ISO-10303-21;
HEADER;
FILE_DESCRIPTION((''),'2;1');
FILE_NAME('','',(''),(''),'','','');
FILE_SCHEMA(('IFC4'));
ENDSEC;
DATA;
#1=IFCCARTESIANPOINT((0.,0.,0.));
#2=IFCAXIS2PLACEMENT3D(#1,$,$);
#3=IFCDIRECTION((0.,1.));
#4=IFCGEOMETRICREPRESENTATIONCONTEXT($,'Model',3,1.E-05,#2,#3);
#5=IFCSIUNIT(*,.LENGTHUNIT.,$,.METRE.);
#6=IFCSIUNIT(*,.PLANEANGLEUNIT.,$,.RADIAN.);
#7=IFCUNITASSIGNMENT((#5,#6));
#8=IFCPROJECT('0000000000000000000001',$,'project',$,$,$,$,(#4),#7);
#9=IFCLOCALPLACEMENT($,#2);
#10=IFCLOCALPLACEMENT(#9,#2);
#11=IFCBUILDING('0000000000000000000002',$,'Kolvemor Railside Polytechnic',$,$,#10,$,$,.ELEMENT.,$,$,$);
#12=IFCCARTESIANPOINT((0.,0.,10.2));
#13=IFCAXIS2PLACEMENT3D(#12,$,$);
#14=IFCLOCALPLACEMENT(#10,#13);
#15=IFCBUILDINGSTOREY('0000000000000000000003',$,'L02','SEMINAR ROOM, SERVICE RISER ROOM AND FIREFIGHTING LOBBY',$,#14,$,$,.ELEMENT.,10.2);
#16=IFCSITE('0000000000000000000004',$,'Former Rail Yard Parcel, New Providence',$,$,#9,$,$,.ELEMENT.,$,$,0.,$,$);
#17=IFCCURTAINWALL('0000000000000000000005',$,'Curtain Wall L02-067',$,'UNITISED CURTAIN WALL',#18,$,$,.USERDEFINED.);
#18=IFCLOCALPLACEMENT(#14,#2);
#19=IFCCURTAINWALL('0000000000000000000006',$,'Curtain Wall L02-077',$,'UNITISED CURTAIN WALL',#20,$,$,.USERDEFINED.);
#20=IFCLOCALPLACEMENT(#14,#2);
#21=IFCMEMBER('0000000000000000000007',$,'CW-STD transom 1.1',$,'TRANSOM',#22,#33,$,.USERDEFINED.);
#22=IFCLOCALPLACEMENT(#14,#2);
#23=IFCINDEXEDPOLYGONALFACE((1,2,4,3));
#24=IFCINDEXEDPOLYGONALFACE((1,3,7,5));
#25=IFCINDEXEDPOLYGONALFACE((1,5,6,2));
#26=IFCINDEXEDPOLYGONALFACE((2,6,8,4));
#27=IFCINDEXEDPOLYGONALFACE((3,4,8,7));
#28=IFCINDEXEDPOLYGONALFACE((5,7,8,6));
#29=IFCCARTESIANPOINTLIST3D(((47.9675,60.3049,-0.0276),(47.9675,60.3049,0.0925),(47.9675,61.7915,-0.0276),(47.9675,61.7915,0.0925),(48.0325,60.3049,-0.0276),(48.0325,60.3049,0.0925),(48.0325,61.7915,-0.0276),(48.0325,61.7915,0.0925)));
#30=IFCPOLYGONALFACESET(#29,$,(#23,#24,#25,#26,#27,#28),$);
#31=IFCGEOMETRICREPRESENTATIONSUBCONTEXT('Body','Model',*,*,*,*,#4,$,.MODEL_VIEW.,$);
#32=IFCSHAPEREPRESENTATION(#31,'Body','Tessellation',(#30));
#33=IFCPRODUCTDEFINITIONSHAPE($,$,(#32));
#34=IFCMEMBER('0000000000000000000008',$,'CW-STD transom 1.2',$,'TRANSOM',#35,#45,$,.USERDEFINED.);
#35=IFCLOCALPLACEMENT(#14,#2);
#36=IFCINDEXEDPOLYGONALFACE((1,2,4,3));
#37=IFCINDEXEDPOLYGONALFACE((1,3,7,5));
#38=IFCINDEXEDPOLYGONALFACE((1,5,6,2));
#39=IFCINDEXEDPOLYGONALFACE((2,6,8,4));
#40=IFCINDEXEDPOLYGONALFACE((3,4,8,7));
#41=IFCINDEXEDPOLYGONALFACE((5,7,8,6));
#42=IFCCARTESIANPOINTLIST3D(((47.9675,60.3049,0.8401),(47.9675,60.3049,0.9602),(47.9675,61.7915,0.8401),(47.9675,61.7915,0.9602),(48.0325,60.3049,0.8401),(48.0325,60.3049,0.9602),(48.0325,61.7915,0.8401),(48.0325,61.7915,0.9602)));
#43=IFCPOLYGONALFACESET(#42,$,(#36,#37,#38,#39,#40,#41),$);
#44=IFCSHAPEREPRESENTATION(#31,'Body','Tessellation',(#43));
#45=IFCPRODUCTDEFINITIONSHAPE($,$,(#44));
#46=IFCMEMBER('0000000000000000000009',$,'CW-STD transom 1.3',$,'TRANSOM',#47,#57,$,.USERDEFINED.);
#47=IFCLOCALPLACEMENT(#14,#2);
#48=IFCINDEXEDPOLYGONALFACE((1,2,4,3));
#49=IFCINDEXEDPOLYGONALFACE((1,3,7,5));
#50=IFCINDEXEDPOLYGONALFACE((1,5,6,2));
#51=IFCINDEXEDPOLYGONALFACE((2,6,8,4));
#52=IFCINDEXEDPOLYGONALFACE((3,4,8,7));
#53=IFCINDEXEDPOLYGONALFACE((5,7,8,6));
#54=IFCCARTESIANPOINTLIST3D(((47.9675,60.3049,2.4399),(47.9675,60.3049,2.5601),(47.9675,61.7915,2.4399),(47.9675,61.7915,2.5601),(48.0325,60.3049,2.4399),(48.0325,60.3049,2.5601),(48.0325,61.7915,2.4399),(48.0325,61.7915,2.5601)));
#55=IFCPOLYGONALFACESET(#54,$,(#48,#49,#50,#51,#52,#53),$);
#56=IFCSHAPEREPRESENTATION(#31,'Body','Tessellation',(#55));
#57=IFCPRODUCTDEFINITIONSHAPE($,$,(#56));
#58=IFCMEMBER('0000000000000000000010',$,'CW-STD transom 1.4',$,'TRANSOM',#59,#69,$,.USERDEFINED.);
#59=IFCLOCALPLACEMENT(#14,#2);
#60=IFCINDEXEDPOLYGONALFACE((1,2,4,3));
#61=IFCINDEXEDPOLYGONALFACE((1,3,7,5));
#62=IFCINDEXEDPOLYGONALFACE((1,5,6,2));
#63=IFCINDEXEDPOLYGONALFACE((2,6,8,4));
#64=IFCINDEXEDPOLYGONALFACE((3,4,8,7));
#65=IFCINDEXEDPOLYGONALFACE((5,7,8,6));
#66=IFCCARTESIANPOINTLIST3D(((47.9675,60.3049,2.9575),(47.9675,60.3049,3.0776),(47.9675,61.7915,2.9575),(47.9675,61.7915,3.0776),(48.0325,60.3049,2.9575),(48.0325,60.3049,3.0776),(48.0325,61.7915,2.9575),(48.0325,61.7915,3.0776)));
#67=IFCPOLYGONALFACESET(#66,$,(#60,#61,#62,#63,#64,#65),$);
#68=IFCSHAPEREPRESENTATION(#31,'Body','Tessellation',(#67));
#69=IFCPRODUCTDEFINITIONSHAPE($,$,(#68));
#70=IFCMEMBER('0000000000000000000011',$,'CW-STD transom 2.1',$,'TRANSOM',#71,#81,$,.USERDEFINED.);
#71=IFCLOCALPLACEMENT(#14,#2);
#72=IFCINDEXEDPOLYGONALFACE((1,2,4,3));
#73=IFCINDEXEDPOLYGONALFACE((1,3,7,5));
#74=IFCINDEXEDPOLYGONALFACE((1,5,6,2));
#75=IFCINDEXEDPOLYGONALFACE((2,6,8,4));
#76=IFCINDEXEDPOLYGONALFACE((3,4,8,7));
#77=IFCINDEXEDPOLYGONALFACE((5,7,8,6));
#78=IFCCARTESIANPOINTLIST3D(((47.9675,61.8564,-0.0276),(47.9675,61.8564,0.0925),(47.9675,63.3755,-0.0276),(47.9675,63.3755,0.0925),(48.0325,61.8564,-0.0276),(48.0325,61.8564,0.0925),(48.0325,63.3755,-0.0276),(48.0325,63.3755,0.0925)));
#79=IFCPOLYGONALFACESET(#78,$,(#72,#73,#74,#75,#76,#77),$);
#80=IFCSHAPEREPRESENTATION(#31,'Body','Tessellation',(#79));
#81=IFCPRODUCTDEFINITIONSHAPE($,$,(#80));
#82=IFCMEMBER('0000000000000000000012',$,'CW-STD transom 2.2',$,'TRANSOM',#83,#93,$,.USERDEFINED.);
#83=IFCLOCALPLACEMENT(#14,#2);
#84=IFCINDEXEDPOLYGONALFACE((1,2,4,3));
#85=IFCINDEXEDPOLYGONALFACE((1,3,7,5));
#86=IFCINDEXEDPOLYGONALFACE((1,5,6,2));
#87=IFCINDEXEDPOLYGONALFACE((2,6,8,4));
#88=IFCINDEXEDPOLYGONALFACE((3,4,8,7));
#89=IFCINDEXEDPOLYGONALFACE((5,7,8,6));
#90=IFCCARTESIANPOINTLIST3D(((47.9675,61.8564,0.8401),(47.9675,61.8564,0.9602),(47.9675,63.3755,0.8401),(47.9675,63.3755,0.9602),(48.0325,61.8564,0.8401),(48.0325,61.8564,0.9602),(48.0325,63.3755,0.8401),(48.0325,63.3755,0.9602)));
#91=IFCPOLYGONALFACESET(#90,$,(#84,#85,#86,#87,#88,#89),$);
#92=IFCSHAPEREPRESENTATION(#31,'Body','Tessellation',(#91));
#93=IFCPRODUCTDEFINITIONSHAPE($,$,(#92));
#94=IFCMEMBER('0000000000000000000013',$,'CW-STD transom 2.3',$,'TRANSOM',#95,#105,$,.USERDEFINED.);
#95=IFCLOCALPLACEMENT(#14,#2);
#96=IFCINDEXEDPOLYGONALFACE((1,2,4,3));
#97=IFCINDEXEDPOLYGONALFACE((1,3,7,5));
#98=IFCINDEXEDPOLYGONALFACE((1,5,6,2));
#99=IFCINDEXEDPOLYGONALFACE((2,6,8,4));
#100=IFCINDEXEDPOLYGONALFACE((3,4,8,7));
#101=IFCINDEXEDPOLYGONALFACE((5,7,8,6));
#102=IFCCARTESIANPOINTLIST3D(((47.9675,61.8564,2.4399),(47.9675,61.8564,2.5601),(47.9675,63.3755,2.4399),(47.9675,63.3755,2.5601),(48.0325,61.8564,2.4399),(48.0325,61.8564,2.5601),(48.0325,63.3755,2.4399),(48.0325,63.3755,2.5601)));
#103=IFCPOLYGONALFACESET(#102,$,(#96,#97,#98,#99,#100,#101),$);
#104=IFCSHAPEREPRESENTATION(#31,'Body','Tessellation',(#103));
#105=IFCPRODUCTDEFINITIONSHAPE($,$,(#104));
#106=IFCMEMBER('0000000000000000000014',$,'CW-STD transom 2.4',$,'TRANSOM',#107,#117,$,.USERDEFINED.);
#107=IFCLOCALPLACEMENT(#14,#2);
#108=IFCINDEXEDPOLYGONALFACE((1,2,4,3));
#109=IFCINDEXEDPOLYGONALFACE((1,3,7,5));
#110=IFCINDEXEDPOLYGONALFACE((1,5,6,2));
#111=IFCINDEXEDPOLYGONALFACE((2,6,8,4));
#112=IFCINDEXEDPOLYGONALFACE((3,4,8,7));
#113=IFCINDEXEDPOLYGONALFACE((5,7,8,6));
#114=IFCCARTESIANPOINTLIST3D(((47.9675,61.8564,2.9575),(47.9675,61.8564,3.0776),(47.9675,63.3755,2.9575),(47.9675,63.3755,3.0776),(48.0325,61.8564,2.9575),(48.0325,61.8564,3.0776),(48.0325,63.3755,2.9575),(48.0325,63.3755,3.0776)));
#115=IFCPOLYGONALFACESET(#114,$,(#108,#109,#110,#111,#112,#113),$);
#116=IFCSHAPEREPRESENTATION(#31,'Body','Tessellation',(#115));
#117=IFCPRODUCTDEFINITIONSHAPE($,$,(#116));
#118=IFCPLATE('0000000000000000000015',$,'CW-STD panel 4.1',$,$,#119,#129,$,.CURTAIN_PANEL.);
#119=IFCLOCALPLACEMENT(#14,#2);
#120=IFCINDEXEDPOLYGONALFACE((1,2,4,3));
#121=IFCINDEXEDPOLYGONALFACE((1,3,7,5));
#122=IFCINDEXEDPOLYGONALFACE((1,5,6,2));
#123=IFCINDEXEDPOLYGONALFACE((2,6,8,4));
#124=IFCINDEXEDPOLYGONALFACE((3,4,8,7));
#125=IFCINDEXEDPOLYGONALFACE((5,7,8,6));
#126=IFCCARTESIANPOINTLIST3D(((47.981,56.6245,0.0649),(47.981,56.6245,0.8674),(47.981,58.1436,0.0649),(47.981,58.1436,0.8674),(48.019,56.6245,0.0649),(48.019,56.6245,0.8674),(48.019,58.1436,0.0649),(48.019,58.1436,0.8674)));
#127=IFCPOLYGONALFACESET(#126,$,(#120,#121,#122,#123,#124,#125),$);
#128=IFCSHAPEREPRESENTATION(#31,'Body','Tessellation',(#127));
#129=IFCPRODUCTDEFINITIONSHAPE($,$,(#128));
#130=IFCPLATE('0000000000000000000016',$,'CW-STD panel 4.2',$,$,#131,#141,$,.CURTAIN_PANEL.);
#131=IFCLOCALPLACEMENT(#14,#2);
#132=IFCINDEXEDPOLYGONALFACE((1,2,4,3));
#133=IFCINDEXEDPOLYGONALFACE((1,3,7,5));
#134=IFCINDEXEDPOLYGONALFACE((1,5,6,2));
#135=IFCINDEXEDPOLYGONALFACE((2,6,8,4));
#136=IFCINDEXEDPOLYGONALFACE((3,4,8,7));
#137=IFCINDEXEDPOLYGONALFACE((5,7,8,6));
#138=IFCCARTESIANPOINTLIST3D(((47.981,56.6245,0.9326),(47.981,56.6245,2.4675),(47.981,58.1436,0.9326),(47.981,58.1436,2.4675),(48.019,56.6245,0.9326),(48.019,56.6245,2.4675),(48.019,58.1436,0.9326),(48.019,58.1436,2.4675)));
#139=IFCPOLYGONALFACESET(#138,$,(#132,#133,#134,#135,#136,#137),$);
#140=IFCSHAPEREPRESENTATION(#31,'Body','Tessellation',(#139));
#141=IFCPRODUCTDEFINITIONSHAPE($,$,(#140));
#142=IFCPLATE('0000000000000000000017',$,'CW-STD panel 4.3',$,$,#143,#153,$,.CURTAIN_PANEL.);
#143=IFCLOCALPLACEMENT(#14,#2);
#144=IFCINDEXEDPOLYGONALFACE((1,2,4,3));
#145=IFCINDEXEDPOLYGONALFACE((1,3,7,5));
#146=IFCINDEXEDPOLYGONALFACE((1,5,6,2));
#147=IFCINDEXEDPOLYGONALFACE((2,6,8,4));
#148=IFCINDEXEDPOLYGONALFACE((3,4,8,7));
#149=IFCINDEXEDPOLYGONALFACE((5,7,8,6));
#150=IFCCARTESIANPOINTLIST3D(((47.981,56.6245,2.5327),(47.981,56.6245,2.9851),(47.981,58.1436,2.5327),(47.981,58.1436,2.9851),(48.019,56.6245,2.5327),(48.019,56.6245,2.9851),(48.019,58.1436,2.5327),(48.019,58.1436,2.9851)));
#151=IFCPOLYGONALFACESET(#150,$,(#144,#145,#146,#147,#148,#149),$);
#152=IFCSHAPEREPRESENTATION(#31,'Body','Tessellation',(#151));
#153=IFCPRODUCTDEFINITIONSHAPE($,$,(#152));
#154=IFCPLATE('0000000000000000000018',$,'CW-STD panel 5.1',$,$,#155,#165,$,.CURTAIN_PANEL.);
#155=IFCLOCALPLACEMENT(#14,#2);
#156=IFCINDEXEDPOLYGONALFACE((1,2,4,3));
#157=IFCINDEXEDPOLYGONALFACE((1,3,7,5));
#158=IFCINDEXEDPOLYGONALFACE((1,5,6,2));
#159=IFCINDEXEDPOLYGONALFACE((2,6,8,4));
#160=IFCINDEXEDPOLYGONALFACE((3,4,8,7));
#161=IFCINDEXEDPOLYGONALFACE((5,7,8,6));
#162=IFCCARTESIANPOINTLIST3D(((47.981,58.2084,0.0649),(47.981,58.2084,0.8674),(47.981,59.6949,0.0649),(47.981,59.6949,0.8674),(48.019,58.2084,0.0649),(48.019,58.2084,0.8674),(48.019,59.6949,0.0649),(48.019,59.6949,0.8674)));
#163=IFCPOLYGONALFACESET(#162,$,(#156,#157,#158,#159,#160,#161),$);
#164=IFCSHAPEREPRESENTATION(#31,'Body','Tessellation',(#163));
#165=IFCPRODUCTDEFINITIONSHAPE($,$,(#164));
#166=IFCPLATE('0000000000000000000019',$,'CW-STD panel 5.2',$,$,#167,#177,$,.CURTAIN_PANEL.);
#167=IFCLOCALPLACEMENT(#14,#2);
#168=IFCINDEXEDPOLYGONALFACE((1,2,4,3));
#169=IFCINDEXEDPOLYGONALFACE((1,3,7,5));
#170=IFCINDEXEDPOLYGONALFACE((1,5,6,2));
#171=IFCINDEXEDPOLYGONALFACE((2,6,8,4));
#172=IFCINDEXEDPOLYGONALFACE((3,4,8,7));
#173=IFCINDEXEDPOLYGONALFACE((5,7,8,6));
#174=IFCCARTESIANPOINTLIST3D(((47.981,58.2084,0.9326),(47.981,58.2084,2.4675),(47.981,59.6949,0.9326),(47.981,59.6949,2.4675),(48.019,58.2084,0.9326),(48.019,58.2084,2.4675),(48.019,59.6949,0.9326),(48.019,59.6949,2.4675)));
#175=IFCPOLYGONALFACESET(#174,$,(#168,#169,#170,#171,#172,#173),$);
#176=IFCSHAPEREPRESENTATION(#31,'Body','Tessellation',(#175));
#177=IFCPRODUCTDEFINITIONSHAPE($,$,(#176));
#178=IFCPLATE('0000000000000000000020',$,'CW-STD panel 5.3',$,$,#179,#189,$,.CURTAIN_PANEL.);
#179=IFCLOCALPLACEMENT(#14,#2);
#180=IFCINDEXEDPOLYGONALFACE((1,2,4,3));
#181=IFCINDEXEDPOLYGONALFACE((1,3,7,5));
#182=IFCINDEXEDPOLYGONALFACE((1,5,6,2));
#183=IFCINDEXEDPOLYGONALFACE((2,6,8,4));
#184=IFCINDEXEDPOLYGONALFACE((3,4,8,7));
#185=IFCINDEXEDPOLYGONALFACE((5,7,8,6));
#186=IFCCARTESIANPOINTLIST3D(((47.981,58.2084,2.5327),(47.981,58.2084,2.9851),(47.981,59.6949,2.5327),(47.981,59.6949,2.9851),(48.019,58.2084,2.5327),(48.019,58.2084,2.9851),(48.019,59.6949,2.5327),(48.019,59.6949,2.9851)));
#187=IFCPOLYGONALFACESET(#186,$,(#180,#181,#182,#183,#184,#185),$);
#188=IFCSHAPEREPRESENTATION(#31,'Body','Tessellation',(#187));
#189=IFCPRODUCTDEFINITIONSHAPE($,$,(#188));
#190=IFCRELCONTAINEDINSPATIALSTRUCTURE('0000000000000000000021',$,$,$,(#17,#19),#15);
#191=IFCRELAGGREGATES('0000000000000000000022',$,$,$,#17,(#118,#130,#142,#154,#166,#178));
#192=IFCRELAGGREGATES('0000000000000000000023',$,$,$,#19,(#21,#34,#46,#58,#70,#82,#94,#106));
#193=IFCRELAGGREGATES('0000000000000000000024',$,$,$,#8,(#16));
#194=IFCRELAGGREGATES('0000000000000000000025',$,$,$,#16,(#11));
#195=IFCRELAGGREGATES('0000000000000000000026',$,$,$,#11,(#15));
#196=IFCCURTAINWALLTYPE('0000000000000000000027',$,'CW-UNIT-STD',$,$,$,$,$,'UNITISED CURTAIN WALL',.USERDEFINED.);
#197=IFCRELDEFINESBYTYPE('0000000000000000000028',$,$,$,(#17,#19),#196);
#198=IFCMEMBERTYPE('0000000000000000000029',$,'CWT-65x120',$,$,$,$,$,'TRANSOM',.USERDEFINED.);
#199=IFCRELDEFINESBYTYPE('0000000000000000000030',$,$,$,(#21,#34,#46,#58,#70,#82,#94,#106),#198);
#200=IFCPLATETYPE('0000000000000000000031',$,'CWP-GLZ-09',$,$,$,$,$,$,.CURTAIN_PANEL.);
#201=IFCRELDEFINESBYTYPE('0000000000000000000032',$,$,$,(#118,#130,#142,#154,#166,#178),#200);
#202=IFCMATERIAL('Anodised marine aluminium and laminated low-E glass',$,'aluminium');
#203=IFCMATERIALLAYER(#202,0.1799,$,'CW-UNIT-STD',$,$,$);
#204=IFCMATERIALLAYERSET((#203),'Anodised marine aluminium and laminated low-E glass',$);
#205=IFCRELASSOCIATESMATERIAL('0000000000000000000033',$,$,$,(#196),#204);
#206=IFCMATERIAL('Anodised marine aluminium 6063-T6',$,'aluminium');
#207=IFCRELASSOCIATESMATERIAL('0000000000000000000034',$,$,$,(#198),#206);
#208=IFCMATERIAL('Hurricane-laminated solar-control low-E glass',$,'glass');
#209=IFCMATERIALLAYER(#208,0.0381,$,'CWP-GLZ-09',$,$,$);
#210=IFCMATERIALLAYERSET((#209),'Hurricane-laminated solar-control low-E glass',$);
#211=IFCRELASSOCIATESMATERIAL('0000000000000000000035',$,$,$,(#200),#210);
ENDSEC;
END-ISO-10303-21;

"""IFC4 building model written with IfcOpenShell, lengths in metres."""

from ifc_helpers import new_model, si_unit, direction, frame, origin, origin_2d, place, context, subcontext, project, spatial, rectangle, extrude, material, layer, layer_set, material_profile, profile_set, type_object, element, aggregate, save


model = new_model("IFC4")

# Units and contexts
model_context = context("Model", 3, precision=1e-05, world=origin(), true_north=direction((0.0, 1.0)))
body_context = subcontext(model_context, "Body", "Model", "MODEL_VIEW")
ifc_project = project(units=[si_unit("LENGTHUNIT", "METRE"), si_unit("PLANEANGLEUNIT", "RADIAN")], contexts=[model_context])

# Site, building, storey
site_placement = place(None, origin())
site = spatial("IfcSite", under=ifc_project, at=site_placement, Name="Former Rail Yard Parcel, New Providence", CompositionType="ELEMENT", RefElevation=0.0)
building_placement = place(site_placement, origin())
building = spatial("IfcBuilding", under=site, at=building_placement, Name="Kolvemor Railside Polytechnic", CompositionType="ELEMENT")
storey_placement = place(building_placement, frame((0.0, 0.0, 10.2)))
storey = spatial("IfcBuildingStorey", under=building, at=storey_placement, Name="L02", Description="SEMINAR ROOM, SERVICE RISER ROOM AND FIREFIGHTING LOBBY", CompositionType="ELEMENT", Elevation=10.2)

# Curtain walls
ifc_material_1 = material(Name="Anodised marine aluminium and laminated low-E glass", Category="aluminium")
ifc_layer_1 = layer(ifc_material_1, 0.1799, Name="CW-UNIT-STD")
ifc_layer_set_1 = layer_set([ifc_layer_1], Name="Anodised marine aluminium and laminated low-E glass")
curtain_wall_type = type_object("IfcCurtainWallType", Name="CW-UNIT-STD", ElementType="UNITISED CURTAIN WALL", PredefinedType="USERDEFINED", material=ifc_layer_set_1)
curtain_wall_1_placement = place(storey_placement, origin())
curtain_wall_1 = element("IfcCurtainWall", 1, at=curtain_wall_1_placement, inside=storey, type_object=curtain_wall_type, Name="Curtain Wall L02-067", ObjectType="UNITISED CURTAIN WALL", PredefinedType="USERDEFINED")
curtain_wall_2_placement = place(storey_placement, origin())
curtain_wall_2 = element("IfcCurtainWall", 2, at=curtain_wall_2_placement, inside=storey, type_object=curtain_wall_type, Name="Curtain Wall L02-077", ObjectType="UNITISED CURTAIN WALL", PredefinedType="USERDEFINED")

# Members
ifc_material_2 = material(Name="Anodised marine aluminium 6063-T6", Category="aluminium")
ifc_material_profile_1 = material_profile(ifc_material_2, rectangle(XDim=0.0649, YDim=0.1201, at=origin_2d()), Name="CW-TRN-65x120")
ifc_profile_set_1 = profile_set([ifc_material_profile_1], Name="Anodised marine aluminium 6063-T6")
member_type_1 = type_object("IfcMemberType", Name="CWT-65x120", ElementType="TRANSOM", PredefinedType="USERDEFINED", material=ifc_profile_set_1)
member_1_placement = place(storey_placement, frame((48.0, 60.3049, 0.0325), z_axis=(0.0, 1.0, 0.0), x_axis=(-1.0, 0.0, 0.0)))
member_1 = element("IfcMember", 3, at=member_1_placement, type_object=member_type_1, Name="CW-STD transom 1.1", ObjectType="TRANSOM", PredefinedType="USERDEFINED", context=body_context, shape_type="SweptSolid", body=[
    extrude(rectangle(XDim=0.0649, YDim=0.1201, at=origin_2d()), origin(), (0.0, 0.0, 1.0), 1.4866),
])
member_2_placement = place(storey_placement, frame((48.0, 60.3049, 0.9001), z_axis=(0.0, 1.0, 0.0), x_axis=(-1.0, 0.0, 0.0)))
member_2 = element("IfcMember", 4, at=member_2_placement, type_object=member_type_1, Name="CW-STD transom 1.2", ObjectType="TRANSOM", PredefinedType="USERDEFINED", context=body_context, shape_type="SweptSolid", body=[
    extrude(rectangle(XDim=0.0649, YDim=0.1201, at=origin_2d()), origin(), (0.0, 0.0, 1.0), 1.4866),
])
member_3_placement = place(storey_placement, frame((48.0, 60.3049, 2.5), z_axis=(0.0, 1.0, 0.0), x_axis=(-1.0, 0.0, 0.0)))
member_3 = element("IfcMember", 5, at=member_3_placement, type_object=member_type_1, Name="CW-STD transom 1.3", ObjectType="TRANSOM", PredefinedType="USERDEFINED", context=body_context, shape_type="SweptSolid", body=[
    extrude(rectangle(XDim=0.0649, YDim=0.1201, at=origin_2d()), origin(), (0.0, 0.0, 1.0), 1.4866),
])
member_4_placement = place(storey_placement, frame((48.0, 60.3049, 3.0176), z_axis=(0.0, 1.0, 0.0), x_axis=(-1.0, 0.0, 0.0)))
member_4 = element("IfcMember", 6, at=member_4_placement, type_object=member_type_1, Name="CW-STD transom 1.4", ObjectType="TRANSOM", PredefinedType="USERDEFINED", context=body_context, shape_type="SweptSolid", body=[
    extrude(rectangle(XDim=0.0649, YDim=0.1201, at=origin_2d()), origin(), (0.0, 0.0, 1.0), 1.4866),
])
member_5_placement = place(storey_placement, frame((48.0, 61.8564, 0.0325), z_axis=(0.0, 1.0, 0.0), x_axis=(-1.0, 0.0, 0.0)))
member_5 = element("IfcMember", 7, at=member_5_placement, type_object=member_type_1, Name="CW-STD transom 2.1", ObjectType="TRANSOM", PredefinedType="USERDEFINED", context=body_context, shape_type="SweptSolid", body=[
    extrude(rectangle(XDim=0.0649, YDim=0.1201, at=origin_2d()), origin(), (0.0, 0.0, 1.0), 1.519),
])
member_6_placement = place(storey_placement, frame((48.0, 61.8564, 0.9001), z_axis=(0.0, 1.0, 0.0), x_axis=(-1.0, 0.0, 0.0)))
member_6 = element("IfcMember", 8, at=member_6_placement, type_object=member_type_1, Name="CW-STD transom 2.2", ObjectType="TRANSOM", PredefinedType="USERDEFINED", context=body_context, shape_type="SweptSolid", body=[
    extrude(rectangle(XDim=0.0649, YDim=0.1201, at=origin_2d()), origin(), (0.0, 0.0, 1.0), 1.519),
])
member_7_placement = place(storey_placement, frame((48.0, 61.8564, 2.5), z_axis=(0.0, 1.0, 0.0), x_axis=(-1.0, 0.0, 0.0)))
member_7 = element("IfcMember", 9, at=member_7_placement, type_object=member_type_1, Name="CW-STD transom 2.3", ObjectType="TRANSOM", PredefinedType="USERDEFINED", context=body_context, shape_type="SweptSolid", body=[
    extrude(rectangle(XDim=0.0649, YDim=0.1201, at=origin_2d()), origin(), (0.0, 0.0, 1.0), 1.519),
])
member_8_placement = place(storey_placement, frame((48.0, 61.8564, 3.0176), z_axis=(0.0, 1.0, 0.0), x_axis=(-1.0, 0.0, 0.0)))
member_8 = element("IfcMember", 10, at=member_8_placement, type_object=member_type_1, Name="CW-STD transom 2.4", ObjectType="TRANSOM", PredefinedType="USERDEFINED", context=body_context, shape_type="SweptSolid", body=[
    extrude(rectangle(XDim=0.0649, YDim=0.1201, at=origin_2d()), origin(), (0.0, 0.0, 1.0), 1.519),
])

# Plates
ifc_material_3 = material(Name="Hurricane-laminated solar-control low-E glass", Category="glass")
ifc_layer_2 = layer(ifc_material_3, 0.0381, Name="CWP-GLZ-09")
ifc_layer_set_2 = layer_set([ifc_layer_2], Name="Hurricane-laminated solar-control low-E glass")
plate_type_1 = type_object("IfcPlateType", Name="CWP-GLZ-09", PredefinedType="CURTAIN_PANEL", material=ifc_layer_set_2)
plate_1_placement = place(storey_placement, frame((48.0, 57.384, 0.0649), z_axis=(0.0, 0.0, 1.0), x_axis=(0.0, 1.0, 0.0)))
plate_1 = element("IfcPlate", 11, at=plate_1_placement, type_object=plate_type_1, Name="CW-STD panel 4.1", PredefinedType="CURTAIN_PANEL", context=body_context, shape_type="SweptSolid", body=[
    extrude(rectangle(XDim=1.519, YDim=0.0381, at=origin_2d()), origin(), (0.0, 0.0, 1.0), 0.8025),
])
plate_2_placement = place(storey_placement, frame((48.0, 57.384, 0.9326), z_axis=(0.0, 0.0, 1.0), x_axis=(0.0, 1.0, 0.0)))
plate_2 = element("IfcPlate", 12, at=plate_2_placement, type_object=plate_type_1, Name="CW-STD panel 4.2", PredefinedType="CURTAIN_PANEL", context=body_context, shape_type="SweptSolid", body=[
    extrude(rectangle(XDim=1.519, YDim=0.0381, at=origin_2d()), origin(), (0.0, 0.0, 1.0), 1.5349),
])
plate_3_placement = place(storey_placement, frame((48.0, 57.384, 2.5327), z_axis=(0.0, 0.0, 1.0), x_axis=(0.0, 1.0, 0.0)))
plate_3 = element("IfcPlate", 13, at=plate_3_placement, type_object=plate_type_1, Name="CW-STD panel 4.3", PredefinedType="CURTAIN_PANEL", context=body_context, shape_type="SweptSolid", body=[
    extrude(rectangle(XDim=1.519, YDim=0.0381, at=origin_2d()), origin(), (0.0, 0.0, 1.0), 0.4524),
])
plate_4_placement = place(storey_placement, frame((48.0, 58.9517, 0.0649), z_axis=(0.0, 0.0, 1.0), x_axis=(0.0, 1.0, 0.0)))
plate_4 = element("IfcPlate", 14, at=plate_4_placement, type_object=plate_type_1, Name="CW-STD panel 5.1", PredefinedType="CURTAIN_PANEL", context=body_context, shape_type="SweptSolid", body=[
    extrude(rectangle(XDim=1.4866, YDim=0.0381, at=origin_2d()), origin(), (0.0, 0.0, 1.0), 0.8025),
])
plate_5_placement = place(storey_placement, frame((48.0, 58.9517, 0.9326), z_axis=(0.0, 0.0, 1.0), x_axis=(0.0, 1.0, 0.0)))
plate_5 = element("IfcPlate", 15, at=plate_5_placement, type_object=plate_type_1, Name="CW-STD panel 5.2", PredefinedType="CURTAIN_PANEL", context=body_context, shape_type="SweptSolid", body=[
    extrude(rectangle(XDim=1.4866, YDim=0.0381, at=origin_2d()), origin(), (0.0, 0.0, 1.0), 1.5349),
])
plate_6_placement = place(storey_placement, frame((48.0, 58.9517, 2.5327), z_axis=(0.0, 0.0, 1.0), x_axis=(0.0, 1.0, 0.0)))
plate_6 = element("IfcPlate", 16, at=plate_6_placement, type_object=plate_type_1, Name="CW-STD panel 5.3", PredefinedType="CURTAIN_PANEL", context=body_context, shape_type="SweptSolid", body=[
    extrude(rectangle(XDim=1.4866, YDim=0.0381, at=origin_2d()), origin(), (0.0, 0.0, 1.0), 0.4524),
])
aggregate(curtain_wall_1, [plate_1, plate_2, plate_3, plate_4, plate_5, plate_6])
aggregate(curtain_wall_2, [member_1, member_2, member_3, member_4, member_5, member_6, member_7, member_8])

save(model, "model.ifc")
